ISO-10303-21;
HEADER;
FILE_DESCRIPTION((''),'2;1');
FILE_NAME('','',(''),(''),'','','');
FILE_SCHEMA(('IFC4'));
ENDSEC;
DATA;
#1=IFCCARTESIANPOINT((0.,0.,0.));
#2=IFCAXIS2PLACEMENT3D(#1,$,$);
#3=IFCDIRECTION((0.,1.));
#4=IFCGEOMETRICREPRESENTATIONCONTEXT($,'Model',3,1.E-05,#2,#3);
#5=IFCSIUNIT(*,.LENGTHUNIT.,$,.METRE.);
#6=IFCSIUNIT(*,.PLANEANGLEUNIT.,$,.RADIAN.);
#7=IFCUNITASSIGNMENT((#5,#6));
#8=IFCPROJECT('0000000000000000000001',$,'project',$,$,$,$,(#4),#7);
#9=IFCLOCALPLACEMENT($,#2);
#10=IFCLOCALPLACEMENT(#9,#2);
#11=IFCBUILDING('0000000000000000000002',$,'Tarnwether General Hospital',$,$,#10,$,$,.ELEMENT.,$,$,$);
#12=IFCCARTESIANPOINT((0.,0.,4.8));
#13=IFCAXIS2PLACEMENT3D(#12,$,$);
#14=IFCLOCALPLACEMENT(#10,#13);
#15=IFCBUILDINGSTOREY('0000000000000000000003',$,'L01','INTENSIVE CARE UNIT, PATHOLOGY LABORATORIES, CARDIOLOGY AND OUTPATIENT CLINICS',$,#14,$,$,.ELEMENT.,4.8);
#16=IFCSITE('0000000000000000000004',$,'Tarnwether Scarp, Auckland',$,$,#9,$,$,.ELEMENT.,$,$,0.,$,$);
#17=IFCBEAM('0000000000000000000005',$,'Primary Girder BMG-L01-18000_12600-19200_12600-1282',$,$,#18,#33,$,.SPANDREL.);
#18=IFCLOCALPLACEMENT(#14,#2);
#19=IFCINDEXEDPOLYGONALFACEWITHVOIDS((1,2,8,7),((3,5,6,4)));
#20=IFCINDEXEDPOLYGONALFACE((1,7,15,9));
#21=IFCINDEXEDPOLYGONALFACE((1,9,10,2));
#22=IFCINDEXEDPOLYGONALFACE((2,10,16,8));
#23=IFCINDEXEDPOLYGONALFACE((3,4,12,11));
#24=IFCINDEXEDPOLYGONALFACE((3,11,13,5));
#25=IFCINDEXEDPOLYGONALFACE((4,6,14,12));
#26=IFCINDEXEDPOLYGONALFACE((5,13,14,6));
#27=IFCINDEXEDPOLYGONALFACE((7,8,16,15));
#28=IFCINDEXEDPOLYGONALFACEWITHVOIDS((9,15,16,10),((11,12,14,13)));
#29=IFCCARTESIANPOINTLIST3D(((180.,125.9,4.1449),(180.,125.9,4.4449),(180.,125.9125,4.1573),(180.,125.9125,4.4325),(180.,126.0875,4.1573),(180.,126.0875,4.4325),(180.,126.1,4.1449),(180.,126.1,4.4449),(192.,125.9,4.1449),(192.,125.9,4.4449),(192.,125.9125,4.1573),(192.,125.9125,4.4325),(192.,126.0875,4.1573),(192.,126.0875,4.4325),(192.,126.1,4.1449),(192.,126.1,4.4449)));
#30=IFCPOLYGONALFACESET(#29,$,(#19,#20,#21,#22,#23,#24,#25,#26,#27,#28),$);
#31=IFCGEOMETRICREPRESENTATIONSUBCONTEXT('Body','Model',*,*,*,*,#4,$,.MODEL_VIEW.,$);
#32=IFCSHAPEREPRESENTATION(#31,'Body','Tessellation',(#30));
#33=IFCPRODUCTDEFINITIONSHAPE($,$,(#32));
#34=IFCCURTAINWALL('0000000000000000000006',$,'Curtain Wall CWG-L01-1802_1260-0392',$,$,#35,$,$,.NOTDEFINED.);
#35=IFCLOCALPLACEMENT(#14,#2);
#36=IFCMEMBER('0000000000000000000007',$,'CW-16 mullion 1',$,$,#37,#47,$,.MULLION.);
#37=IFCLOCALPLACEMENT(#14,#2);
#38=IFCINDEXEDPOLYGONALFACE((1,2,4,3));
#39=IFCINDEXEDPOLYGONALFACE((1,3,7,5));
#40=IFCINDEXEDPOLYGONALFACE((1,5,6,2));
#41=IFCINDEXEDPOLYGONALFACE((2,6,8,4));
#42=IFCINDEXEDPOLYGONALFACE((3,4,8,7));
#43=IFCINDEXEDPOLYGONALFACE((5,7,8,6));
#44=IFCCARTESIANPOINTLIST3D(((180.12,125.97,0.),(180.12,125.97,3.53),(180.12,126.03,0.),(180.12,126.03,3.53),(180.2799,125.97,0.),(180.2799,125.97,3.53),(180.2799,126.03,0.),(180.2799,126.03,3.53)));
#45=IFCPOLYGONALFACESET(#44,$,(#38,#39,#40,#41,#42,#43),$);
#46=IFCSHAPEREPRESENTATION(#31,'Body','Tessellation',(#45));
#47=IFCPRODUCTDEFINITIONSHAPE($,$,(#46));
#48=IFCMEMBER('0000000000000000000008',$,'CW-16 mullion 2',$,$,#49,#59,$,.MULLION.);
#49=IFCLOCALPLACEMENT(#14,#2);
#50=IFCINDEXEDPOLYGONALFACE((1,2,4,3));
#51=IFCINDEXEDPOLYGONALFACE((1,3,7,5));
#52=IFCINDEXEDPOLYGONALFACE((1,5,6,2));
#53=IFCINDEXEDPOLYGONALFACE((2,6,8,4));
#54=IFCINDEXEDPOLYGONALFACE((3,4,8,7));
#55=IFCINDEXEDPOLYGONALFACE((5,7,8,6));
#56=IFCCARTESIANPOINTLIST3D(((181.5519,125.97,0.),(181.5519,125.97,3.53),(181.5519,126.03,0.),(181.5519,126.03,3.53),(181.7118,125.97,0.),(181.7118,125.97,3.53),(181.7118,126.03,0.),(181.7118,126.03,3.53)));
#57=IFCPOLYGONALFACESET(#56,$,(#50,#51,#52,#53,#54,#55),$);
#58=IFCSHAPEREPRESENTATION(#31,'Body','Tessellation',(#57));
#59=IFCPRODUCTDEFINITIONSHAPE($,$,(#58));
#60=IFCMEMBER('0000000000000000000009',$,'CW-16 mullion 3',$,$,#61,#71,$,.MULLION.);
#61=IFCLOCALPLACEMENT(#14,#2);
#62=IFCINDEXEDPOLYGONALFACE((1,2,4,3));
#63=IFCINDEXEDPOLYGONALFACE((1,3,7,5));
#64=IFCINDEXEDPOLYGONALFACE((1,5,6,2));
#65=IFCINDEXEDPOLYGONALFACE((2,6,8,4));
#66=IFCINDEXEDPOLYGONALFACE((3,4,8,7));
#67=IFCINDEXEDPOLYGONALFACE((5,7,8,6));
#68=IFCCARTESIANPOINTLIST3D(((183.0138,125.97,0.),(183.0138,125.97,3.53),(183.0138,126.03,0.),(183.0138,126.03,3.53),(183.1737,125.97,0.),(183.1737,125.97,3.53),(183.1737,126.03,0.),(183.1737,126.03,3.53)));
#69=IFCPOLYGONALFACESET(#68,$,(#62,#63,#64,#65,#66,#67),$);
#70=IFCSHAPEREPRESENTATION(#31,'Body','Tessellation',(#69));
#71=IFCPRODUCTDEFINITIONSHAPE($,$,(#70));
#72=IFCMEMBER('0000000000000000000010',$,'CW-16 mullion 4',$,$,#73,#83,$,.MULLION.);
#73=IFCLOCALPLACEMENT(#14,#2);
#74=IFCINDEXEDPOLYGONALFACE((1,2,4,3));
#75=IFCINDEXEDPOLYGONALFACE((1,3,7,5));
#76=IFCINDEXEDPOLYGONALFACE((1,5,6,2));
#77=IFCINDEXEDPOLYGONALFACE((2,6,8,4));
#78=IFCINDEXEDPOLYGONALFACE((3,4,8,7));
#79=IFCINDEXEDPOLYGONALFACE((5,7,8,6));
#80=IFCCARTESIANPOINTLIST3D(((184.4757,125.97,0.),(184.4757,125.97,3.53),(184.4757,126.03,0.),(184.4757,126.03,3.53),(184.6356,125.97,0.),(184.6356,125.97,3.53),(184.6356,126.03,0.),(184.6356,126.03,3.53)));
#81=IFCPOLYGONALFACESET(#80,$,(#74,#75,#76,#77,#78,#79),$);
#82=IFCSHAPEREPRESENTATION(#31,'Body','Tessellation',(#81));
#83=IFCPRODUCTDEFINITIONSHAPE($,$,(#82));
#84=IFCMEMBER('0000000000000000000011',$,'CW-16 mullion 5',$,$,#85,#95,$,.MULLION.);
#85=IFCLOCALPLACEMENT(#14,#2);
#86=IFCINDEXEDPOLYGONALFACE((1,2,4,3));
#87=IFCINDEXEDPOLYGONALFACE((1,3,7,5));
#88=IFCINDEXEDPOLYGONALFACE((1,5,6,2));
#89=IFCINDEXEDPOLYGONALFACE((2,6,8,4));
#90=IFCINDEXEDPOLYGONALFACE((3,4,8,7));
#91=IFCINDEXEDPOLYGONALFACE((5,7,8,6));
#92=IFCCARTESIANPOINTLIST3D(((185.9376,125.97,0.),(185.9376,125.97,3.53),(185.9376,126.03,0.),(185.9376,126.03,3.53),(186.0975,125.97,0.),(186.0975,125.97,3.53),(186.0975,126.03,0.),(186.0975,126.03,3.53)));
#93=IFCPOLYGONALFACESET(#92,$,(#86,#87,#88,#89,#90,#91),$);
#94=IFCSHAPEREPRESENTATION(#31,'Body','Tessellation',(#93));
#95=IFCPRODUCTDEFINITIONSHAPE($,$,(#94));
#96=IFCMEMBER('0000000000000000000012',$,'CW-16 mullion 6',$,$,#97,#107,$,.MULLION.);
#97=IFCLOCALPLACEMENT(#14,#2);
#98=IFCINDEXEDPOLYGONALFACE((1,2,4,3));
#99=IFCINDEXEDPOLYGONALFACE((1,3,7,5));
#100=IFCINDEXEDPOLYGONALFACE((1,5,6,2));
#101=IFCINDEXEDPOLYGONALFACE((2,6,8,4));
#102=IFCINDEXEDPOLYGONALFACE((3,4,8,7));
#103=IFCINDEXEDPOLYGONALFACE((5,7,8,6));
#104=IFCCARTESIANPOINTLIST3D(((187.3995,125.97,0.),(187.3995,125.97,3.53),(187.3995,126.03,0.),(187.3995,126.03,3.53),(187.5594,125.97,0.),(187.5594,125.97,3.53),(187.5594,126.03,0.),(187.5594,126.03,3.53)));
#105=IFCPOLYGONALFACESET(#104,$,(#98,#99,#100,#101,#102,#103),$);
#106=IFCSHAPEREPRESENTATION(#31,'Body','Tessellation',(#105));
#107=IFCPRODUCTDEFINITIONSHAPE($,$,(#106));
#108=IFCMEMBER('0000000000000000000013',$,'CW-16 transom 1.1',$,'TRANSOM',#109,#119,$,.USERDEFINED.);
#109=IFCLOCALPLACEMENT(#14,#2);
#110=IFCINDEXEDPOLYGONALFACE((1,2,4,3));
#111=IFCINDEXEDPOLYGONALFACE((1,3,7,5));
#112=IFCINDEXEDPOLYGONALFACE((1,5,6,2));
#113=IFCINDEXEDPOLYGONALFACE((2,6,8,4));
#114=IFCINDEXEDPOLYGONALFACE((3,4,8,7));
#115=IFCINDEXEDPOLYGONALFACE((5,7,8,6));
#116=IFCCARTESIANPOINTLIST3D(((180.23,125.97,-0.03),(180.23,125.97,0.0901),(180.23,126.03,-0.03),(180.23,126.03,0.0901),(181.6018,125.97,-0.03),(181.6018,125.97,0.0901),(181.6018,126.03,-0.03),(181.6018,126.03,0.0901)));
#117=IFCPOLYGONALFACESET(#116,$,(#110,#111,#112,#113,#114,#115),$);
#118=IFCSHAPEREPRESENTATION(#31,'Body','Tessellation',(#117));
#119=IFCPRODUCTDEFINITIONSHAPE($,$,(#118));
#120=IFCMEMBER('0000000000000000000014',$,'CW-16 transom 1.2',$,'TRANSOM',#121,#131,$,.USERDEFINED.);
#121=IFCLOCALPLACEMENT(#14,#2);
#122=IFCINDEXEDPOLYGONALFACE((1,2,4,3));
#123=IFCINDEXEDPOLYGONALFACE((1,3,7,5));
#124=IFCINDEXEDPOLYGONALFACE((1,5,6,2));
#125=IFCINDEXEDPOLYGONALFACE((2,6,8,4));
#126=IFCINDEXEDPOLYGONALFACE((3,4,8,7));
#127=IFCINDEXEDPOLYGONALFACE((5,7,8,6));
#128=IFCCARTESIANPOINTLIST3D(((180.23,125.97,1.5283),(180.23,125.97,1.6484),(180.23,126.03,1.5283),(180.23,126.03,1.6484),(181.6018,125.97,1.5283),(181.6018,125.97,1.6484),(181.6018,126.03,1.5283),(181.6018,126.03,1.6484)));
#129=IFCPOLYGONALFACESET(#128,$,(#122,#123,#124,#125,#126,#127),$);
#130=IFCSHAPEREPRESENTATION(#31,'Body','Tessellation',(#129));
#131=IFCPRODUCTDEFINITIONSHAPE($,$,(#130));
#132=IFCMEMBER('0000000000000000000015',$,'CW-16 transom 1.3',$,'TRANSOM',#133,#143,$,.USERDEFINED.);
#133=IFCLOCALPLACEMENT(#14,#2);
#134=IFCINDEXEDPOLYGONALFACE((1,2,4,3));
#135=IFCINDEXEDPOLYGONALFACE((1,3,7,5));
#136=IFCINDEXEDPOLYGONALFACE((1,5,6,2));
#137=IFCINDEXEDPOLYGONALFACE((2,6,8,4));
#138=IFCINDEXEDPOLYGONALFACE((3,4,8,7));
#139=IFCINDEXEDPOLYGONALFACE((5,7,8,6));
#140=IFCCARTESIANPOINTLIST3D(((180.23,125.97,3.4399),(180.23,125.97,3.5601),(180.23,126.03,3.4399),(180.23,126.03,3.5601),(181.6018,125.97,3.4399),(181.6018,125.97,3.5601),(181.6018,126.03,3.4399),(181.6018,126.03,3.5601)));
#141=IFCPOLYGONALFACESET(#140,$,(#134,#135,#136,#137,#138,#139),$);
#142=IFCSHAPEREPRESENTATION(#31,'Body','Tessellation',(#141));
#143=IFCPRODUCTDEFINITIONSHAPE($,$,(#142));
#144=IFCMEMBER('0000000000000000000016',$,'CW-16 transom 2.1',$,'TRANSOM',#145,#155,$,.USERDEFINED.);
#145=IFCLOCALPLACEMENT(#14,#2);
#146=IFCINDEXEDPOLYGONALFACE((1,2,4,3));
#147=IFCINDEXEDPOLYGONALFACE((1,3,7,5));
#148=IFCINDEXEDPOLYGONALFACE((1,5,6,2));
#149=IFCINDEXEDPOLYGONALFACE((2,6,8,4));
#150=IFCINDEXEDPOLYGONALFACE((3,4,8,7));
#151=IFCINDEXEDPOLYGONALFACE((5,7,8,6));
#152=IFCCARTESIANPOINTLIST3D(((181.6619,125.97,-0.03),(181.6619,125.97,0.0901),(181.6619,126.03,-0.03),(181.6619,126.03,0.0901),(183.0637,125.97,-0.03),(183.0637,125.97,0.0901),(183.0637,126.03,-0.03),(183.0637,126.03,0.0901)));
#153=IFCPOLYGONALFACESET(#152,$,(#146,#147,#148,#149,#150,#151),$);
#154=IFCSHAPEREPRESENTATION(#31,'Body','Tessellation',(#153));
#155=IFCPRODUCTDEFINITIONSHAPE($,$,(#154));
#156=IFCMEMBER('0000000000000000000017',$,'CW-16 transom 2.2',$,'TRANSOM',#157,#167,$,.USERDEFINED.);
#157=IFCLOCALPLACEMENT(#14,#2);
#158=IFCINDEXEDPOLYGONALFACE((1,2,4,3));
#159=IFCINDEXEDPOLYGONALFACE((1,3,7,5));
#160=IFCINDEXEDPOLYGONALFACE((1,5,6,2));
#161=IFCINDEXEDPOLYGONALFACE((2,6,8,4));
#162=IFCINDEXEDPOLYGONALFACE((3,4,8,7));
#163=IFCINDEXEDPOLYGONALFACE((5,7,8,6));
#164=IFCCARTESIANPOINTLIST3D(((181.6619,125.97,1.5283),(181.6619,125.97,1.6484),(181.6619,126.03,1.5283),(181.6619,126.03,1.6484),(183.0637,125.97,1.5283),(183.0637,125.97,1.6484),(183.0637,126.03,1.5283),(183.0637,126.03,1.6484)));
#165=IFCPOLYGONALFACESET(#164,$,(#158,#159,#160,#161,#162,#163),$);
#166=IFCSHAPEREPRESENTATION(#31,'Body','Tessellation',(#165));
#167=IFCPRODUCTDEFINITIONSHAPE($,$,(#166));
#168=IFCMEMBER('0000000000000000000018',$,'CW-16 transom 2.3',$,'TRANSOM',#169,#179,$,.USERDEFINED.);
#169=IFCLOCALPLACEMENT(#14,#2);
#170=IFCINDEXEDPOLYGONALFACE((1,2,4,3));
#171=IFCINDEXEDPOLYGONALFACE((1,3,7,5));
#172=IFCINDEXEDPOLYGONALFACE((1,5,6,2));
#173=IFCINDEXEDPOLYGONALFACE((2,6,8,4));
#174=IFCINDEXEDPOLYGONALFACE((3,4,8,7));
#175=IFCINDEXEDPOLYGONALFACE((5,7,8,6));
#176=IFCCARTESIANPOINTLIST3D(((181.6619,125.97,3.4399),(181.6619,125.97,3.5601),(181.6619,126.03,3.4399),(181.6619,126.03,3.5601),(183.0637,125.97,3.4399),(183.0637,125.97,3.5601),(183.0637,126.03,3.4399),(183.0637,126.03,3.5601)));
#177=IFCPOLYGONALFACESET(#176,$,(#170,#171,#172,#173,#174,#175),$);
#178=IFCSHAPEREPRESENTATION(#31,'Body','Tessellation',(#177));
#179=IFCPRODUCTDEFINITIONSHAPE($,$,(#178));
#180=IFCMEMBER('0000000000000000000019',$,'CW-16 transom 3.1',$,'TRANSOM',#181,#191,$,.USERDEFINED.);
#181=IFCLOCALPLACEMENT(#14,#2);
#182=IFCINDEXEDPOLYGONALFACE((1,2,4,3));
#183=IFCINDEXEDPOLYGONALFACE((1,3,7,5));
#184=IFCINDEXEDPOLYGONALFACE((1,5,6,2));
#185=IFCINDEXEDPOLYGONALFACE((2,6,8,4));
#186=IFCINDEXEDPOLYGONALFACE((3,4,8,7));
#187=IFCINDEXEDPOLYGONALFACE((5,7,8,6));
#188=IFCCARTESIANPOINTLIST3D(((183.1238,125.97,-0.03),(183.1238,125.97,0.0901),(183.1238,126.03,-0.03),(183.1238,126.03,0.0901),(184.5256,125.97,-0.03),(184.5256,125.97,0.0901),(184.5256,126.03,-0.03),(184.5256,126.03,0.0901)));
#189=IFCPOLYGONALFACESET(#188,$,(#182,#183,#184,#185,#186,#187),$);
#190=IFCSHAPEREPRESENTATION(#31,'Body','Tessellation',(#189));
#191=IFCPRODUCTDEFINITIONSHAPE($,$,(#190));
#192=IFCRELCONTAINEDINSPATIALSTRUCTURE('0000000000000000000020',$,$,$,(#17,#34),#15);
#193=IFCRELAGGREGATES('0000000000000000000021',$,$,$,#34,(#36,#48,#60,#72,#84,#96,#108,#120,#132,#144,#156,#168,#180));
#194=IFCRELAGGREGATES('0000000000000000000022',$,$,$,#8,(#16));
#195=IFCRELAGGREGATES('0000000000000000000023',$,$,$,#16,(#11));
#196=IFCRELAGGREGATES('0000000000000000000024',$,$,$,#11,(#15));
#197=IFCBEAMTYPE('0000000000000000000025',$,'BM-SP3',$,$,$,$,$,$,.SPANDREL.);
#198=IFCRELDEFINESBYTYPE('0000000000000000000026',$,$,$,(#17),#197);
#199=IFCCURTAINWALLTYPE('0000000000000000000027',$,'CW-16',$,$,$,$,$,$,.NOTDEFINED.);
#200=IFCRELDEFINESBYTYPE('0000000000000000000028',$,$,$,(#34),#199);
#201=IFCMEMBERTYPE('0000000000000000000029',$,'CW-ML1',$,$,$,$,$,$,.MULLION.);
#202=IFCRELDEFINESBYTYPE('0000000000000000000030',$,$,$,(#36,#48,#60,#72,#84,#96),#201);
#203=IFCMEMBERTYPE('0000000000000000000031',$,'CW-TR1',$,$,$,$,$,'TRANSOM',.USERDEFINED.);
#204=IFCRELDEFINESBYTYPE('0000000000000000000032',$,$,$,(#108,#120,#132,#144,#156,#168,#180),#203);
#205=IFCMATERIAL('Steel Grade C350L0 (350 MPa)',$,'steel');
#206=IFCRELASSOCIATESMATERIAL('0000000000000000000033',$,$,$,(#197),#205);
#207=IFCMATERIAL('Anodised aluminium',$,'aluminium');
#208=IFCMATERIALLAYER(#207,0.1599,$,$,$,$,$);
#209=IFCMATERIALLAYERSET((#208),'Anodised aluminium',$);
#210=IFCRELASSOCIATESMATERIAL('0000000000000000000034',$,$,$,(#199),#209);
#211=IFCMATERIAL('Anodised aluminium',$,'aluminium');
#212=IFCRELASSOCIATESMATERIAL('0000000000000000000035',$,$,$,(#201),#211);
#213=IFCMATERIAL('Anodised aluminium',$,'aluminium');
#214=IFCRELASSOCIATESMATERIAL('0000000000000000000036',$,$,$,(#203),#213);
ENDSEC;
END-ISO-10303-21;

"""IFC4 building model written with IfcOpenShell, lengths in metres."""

from ifc_helpers import new_model, si_unit, direction, frame, origin, origin_2d, place, context, subcontext, project, spatial, rectangle, hollow_rectangle, extrude, material, layer, layer_set, material_profile, profile_set, type_object, element, aggregate, save


model = new_model("IFC4")

# Units and contexts
model_context = context("Model", 3, precision=1e-05, world=origin(), true_north=direction((0.0, 1.0)))
body_context = subcontext(model_context, "Body", "Model", "MODEL_VIEW")
ifc_project = project(units=[si_unit("LENGTHUNIT", "METRE"), si_unit("PLANEANGLEUNIT", "RADIAN")], contexts=[model_context])

# Site, building, storey
site_placement = place(None, origin())
site = spatial("IfcSite", under=ifc_project, at=site_placement, Name="Tarnwether Scarp, Auckland", CompositionType="ELEMENT", RefElevation=0.0)
building_placement = place(site_placement, origin())
building = spatial("IfcBuilding", under=site, at=building_placement, Name="Tarnwether General Hospital", CompositionType="ELEMENT")
storey_placement = place(building_placement, frame((0.0, 0.0, 4.8)))
storey = spatial("IfcBuildingStorey", under=building, at=storey_placement, Name="L01", Description="INTENSIVE CARE UNIT, PATHOLOGY LABORATORIES, CARDIOLOGY AND OUTPATIENT CLINICS", CompositionType="ELEMENT", Elevation=4.8)

# Beam
ifc_material_1 = material(Name="Steel Grade C350L0 (350 MPa)", Category="steel")
ifc_material_profile_1 = material_profile(ifc_material_1, hollow_rectangle(XDim=0.2, YDim=0.3, WallThickness=0.0125, at=origin_2d()), Name="RHS300x200x12.5")
ifc_profile_set_1 = profile_set([ifc_material_profile_1], Name="Steel Grade C350L0 (350 MPa)")
beam_type = type_object("IfcBeamType", Name="BM-SP3", PredefinedType="SPANDREL", material=ifc_profile_set_1)
beam_placement = place(storey_placement, frame((180.0, 126.0, 4.2949), z_axis=(1.0, 0.0, 0.0), x_axis=(0.0, 1.0, 0.0)))
element("IfcBeam", 1, at=beam_placement, inside=storey, type_object=beam_type, Name="Primary Girder BMG-L01-18000_12600-19200_12600-1282", PredefinedType="SPANDREL", context=body_context, shape_type="SweptSolid", body=[
    extrude(hollow_rectangle(XDim=0.2, YDim=0.3, WallThickness=0.0125, at=origin_2d()), origin(), (0.0, 0.0, 1.0), 12.0),
])

# Curtain wall, members
ifc_material_2 = material(Name="Anodised aluminium", Category="aluminium")
ifc_layer_1 = layer(ifc_material_2, 0.1599)
ifc_layer_set_1 = layer_set([ifc_layer_1], Name="Anodised aluminium")
curtain_wall_type = type_object("IfcCurtainWallType", Name="CW-16", PredefinedType="NOTDEFINED", material=ifc_layer_set_1)
curtain_wall_placement = place(storey_placement, origin())
curtain_wall = element("IfcCurtainWall", 2, at=curtain_wall_placement, inside=storey, type_object=curtain_wall_type, Name="Curtain Wall CWG-L01-1802_1260-0392", PredefinedType="NOTDEFINED")
ifc_material_3 = material(Name="Anodised aluminium", Category="aluminium")
ifc_material_profile_2 = material_profile(ifc_material_3, rectangle(XDim=0.0601, YDim=0.1599, at=origin_2d()), Name="ALU-MUL-60x160")
ifc_profile_set_2 = profile_set([ifc_material_profile_2], Name="Anodised aluminium")
member_type_1 = type_object("IfcMemberType", Name="CW-ML1", PredefinedType="MULLION", material=ifc_profile_set_2)
member_1_placement = place(storey_placement, frame((180.2, 126.0, 0.0), z_axis=(0.0, 0.0, 1.0), x_axis=(0.0, 1.0, 0.0)))
member_1 = element("IfcMember", 3, at=member_1_placement, type_object=member_type_1, Name="CW-16 mullion 1", PredefinedType="MULLION", context=body_context, shape_type="SweptSolid", body=[
    extrude(rectangle(XDim=0.0601, YDim=0.1599, at=origin_2d()), origin(), (0.0, 0.0, 1.0), 3.53),
])
member_2_placement = place(storey_placement, frame((181.6318, 126.0, 0.0), z_axis=(0.0, 0.0, 1.0), x_axis=(0.0, 1.0, 0.0)))
member_2 = element("IfcMember", 4, at=member_2_placement, type_object=member_type_1, Name="CW-16 mullion 2", PredefinedType="MULLION", context=body_context, shape_type="SweptSolid", body=[
    extrude(rectangle(XDim=0.0601, YDim=0.1599, at=origin_2d()), origin(), (0.0, 0.0, 1.0), 3.53),
])
member_3_placement = place(storey_placement, frame((183.0938, 126.0, 0.0), z_axis=(0.0, 0.0, 1.0), x_axis=(0.0, 1.0, 0.0)))
member_3 = element("IfcMember", 5, at=member_3_placement, type_object=member_type_1, Name="CW-16 mullion 3", PredefinedType="MULLION", context=body_context, shape_type="SweptSolid", body=[
    extrude(rectangle(XDim=0.0601, YDim=0.1599, at=origin_2d()), origin(), (0.0, 0.0, 1.0), 3.53),
])
member_4_placement = place(storey_placement, frame((184.5557, 126.0, 0.0), z_axis=(0.0, 0.0, 1.0), x_axis=(0.0, 1.0, 0.0)))
member_4 = element("IfcMember", 6, at=member_4_placement, type_object=member_type_1, Name="CW-16 mullion 4", PredefinedType="MULLION", context=body_context, shape_type="SweptSolid", body=[
    extrude(rectangle(XDim=0.0601, YDim=0.1599, at=origin_2d()), origin(), (0.0, 0.0, 1.0), 3.53),
])
member_5_placement = place(storey_placement, frame((186.0176, 126.0, 0.0), z_axis=(0.0, 0.0, 1.0), x_axis=(0.0, 1.0, 0.0)))
member_5 = element("IfcMember", 7, at=member_5_placement, type_object=member_type_1, Name="CW-16 mullion 5", PredefinedType="MULLION", context=body_context, shape_type="SweptSolid", body=[
    extrude(rectangle(XDim=0.0601, YDim=0.1599, at=origin_2d()), origin(), (0.0, 0.0, 1.0), 3.53),
])
member_6_placement = place(storey_placement, frame((187.4795, 126.0, 0.0), z_axis=(0.0, 0.0, 1.0), x_axis=(0.0, 1.0, 0.0)))
member_6 = element("IfcMember", 8, at=member_6_placement, type_object=member_type_1, Name="CW-16 mullion 6", PredefinedType="MULLION", context=body_context, shape_type="SweptSolid", body=[
    extrude(rectangle(XDim=0.0601, YDim=0.1599, at=origin_2d()), origin(), (0.0, 0.0, 1.0), 3.53),
])
ifc_material_4 = material(Name="Anodised aluminium", Category="aluminium")
ifc_material_profile_3 = material_profile(ifc_material_4, rectangle(XDim=0.0601, YDim=0.1201, at=origin_2d()), Name="ALU-TRN-60x120")
ifc_profile_set_3 = profile_set([ifc_material_profile_3], Name="Anodised aluminium")
member_type_2 = type_object("IfcMemberType", Name="CW-TR1", ElementType="TRANSOM", PredefinedType="USERDEFINED", material=ifc_profile_set_3)
member_7_placement = place(storey_placement, frame((180.23, 126.0, 0.03), z_axis=(1.0, 0.0, 0.0), x_axis=(0.0, 1.0, 0.0)))
member_7 = element("IfcMember", 9, at=member_7_placement, type_object=member_type_2, Name="CW-16 transom 1.1", ObjectType="TRANSOM", PredefinedType="USERDEFINED", context=body_context, shape_type="SweptSolid", body=[
    extrude(rectangle(XDim=0.0601, YDim=0.1201, at=origin_2d()), origin(), (0.0, 0.0, 1.0), 1.3718),
])
member_8_placement = place(storey_placement, frame((180.23, 126.0, 1.5884), z_axis=(1.0, 0.0, 0.0), x_axis=(0.0, 1.0, 0.0)))
member_8 = element("IfcMember", 10, at=member_8_placement, type_object=member_type_2, Name="CW-16 transom 1.2", ObjectType="TRANSOM", PredefinedType="USERDEFINED", context=body_context, shape_type="SweptSolid", body=[
    extrude(rectangle(XDim=0.0601, YDim=0.1201, at=origin_2d()), origin(), (0.0, 0.0, 1.0), 1.3718),
])
member_9_placement = place(storey_placement, frame((180.23, 126.0, 3.5), z_axis=(1.0, 0.0, 0.0), x_axis=(0.0, 1.0, 0.0)))
member_9 = element("IfcMember", 11, at=member_9_placement, type_object=member_type_2, Name="CW-16 transom 1.3", ObjectType="TRANSOM", PredefinedType="USERDEFINED", context=body_context, shape_type="SweptSolid", body=[
    extrude(rectangle(XDim=0.0601, YDim=0.1201, at=origin_2d()), origin(), (0.0, 0.0, 1.0), 1.3718),
])
member_10_placement = place(storey_placement, frame((181.6619, 126.0, 0.03), z_axis=(1.0, 0.0, 0.0), x_axis=(0.0, 1.0, 0.0)))
member_10 = element("IfcMember", 12, at=member_10_placement, type_object=member_type_2, Name="CW-16 transom 2.1", ObjectType="TRANSOM", PredefinedType="USERDEFINED", context=body_context, shape_type="SweptSolid", body=[
    extrude(rectangle(XDim=0.0601, YDim=0.1201, at=origin_2d()), origin(), (0.0, 0.0, 1.0), 1.4019),
])
member_11_placement = place(storey_placement, frame((181.6619, 126.0, 1.5884), z_axis=(1.0, 0.0, 0.0), x_axis=(0.0, 1.0, 0.0)))
member_11 = element("IfcMember", 13, at=member_11_placement, type_object=member_type_2, Name="CW-16 transom 2.2", ObjectType="TRANSOM", PredefinedType="USERDEFINED", context=body_context, shape_type="SweptSolid", body=[
    extrude(rectangle(XDim=0.0601, YDim=0.1201, at=origin_2d()), origin(), (0.0, 0.0, 1.0), 1.4019),
])
member_12_placement = place(storey_placement, frame((181.6619, 126.0, 3.5), z_axis=(1.0, 0.0, 0.0), x_axis=(0.0, 1.0, 0.0)))
member_12 = element("IfcMember", 14, at=member_12_placement, type_object=member_type_2, Name="CW-16 transom 2.3", ObjectType="TRANSOM", PredefinedType="USERDEFINED", context=body_context, shape_type="SweptSolid", body=[
    extrude(rectangle(XDim=0.0601, YDim=0.1201, at=origin_2d()), origin(), (0.0, 0.0, 1.0), 1.4019),
])
member_13_placement = place(storey_placement, frame((183.1238, 126.0, 0.03), z_axis=(1.0, 0.0, 0.0), x_axis=(0.0, 1.0, 0.0)))
member_13 = element("IfcMember", 15, at=member_13_placement, type_object=member_type_2, Name="CW-16 transom 3.1", ObjectType="TRANSOM", PredefinedType="USERDEFINED", context=body_context, shape_type="SweptSolid", body=[
    extrude(rectangle(XDim=0.0601, YDim=0.1201, at=origin_2d()), origin(), (0.0, 0.0, 1.0), 1.4019),
])
aggregate(curtain_wall, [member_1, member_2, member_3, member_4, member_5, member_6, member_7, member_8, member_9, member_10, member_11, member_12, member_13])

save(model, "model.ifc")
